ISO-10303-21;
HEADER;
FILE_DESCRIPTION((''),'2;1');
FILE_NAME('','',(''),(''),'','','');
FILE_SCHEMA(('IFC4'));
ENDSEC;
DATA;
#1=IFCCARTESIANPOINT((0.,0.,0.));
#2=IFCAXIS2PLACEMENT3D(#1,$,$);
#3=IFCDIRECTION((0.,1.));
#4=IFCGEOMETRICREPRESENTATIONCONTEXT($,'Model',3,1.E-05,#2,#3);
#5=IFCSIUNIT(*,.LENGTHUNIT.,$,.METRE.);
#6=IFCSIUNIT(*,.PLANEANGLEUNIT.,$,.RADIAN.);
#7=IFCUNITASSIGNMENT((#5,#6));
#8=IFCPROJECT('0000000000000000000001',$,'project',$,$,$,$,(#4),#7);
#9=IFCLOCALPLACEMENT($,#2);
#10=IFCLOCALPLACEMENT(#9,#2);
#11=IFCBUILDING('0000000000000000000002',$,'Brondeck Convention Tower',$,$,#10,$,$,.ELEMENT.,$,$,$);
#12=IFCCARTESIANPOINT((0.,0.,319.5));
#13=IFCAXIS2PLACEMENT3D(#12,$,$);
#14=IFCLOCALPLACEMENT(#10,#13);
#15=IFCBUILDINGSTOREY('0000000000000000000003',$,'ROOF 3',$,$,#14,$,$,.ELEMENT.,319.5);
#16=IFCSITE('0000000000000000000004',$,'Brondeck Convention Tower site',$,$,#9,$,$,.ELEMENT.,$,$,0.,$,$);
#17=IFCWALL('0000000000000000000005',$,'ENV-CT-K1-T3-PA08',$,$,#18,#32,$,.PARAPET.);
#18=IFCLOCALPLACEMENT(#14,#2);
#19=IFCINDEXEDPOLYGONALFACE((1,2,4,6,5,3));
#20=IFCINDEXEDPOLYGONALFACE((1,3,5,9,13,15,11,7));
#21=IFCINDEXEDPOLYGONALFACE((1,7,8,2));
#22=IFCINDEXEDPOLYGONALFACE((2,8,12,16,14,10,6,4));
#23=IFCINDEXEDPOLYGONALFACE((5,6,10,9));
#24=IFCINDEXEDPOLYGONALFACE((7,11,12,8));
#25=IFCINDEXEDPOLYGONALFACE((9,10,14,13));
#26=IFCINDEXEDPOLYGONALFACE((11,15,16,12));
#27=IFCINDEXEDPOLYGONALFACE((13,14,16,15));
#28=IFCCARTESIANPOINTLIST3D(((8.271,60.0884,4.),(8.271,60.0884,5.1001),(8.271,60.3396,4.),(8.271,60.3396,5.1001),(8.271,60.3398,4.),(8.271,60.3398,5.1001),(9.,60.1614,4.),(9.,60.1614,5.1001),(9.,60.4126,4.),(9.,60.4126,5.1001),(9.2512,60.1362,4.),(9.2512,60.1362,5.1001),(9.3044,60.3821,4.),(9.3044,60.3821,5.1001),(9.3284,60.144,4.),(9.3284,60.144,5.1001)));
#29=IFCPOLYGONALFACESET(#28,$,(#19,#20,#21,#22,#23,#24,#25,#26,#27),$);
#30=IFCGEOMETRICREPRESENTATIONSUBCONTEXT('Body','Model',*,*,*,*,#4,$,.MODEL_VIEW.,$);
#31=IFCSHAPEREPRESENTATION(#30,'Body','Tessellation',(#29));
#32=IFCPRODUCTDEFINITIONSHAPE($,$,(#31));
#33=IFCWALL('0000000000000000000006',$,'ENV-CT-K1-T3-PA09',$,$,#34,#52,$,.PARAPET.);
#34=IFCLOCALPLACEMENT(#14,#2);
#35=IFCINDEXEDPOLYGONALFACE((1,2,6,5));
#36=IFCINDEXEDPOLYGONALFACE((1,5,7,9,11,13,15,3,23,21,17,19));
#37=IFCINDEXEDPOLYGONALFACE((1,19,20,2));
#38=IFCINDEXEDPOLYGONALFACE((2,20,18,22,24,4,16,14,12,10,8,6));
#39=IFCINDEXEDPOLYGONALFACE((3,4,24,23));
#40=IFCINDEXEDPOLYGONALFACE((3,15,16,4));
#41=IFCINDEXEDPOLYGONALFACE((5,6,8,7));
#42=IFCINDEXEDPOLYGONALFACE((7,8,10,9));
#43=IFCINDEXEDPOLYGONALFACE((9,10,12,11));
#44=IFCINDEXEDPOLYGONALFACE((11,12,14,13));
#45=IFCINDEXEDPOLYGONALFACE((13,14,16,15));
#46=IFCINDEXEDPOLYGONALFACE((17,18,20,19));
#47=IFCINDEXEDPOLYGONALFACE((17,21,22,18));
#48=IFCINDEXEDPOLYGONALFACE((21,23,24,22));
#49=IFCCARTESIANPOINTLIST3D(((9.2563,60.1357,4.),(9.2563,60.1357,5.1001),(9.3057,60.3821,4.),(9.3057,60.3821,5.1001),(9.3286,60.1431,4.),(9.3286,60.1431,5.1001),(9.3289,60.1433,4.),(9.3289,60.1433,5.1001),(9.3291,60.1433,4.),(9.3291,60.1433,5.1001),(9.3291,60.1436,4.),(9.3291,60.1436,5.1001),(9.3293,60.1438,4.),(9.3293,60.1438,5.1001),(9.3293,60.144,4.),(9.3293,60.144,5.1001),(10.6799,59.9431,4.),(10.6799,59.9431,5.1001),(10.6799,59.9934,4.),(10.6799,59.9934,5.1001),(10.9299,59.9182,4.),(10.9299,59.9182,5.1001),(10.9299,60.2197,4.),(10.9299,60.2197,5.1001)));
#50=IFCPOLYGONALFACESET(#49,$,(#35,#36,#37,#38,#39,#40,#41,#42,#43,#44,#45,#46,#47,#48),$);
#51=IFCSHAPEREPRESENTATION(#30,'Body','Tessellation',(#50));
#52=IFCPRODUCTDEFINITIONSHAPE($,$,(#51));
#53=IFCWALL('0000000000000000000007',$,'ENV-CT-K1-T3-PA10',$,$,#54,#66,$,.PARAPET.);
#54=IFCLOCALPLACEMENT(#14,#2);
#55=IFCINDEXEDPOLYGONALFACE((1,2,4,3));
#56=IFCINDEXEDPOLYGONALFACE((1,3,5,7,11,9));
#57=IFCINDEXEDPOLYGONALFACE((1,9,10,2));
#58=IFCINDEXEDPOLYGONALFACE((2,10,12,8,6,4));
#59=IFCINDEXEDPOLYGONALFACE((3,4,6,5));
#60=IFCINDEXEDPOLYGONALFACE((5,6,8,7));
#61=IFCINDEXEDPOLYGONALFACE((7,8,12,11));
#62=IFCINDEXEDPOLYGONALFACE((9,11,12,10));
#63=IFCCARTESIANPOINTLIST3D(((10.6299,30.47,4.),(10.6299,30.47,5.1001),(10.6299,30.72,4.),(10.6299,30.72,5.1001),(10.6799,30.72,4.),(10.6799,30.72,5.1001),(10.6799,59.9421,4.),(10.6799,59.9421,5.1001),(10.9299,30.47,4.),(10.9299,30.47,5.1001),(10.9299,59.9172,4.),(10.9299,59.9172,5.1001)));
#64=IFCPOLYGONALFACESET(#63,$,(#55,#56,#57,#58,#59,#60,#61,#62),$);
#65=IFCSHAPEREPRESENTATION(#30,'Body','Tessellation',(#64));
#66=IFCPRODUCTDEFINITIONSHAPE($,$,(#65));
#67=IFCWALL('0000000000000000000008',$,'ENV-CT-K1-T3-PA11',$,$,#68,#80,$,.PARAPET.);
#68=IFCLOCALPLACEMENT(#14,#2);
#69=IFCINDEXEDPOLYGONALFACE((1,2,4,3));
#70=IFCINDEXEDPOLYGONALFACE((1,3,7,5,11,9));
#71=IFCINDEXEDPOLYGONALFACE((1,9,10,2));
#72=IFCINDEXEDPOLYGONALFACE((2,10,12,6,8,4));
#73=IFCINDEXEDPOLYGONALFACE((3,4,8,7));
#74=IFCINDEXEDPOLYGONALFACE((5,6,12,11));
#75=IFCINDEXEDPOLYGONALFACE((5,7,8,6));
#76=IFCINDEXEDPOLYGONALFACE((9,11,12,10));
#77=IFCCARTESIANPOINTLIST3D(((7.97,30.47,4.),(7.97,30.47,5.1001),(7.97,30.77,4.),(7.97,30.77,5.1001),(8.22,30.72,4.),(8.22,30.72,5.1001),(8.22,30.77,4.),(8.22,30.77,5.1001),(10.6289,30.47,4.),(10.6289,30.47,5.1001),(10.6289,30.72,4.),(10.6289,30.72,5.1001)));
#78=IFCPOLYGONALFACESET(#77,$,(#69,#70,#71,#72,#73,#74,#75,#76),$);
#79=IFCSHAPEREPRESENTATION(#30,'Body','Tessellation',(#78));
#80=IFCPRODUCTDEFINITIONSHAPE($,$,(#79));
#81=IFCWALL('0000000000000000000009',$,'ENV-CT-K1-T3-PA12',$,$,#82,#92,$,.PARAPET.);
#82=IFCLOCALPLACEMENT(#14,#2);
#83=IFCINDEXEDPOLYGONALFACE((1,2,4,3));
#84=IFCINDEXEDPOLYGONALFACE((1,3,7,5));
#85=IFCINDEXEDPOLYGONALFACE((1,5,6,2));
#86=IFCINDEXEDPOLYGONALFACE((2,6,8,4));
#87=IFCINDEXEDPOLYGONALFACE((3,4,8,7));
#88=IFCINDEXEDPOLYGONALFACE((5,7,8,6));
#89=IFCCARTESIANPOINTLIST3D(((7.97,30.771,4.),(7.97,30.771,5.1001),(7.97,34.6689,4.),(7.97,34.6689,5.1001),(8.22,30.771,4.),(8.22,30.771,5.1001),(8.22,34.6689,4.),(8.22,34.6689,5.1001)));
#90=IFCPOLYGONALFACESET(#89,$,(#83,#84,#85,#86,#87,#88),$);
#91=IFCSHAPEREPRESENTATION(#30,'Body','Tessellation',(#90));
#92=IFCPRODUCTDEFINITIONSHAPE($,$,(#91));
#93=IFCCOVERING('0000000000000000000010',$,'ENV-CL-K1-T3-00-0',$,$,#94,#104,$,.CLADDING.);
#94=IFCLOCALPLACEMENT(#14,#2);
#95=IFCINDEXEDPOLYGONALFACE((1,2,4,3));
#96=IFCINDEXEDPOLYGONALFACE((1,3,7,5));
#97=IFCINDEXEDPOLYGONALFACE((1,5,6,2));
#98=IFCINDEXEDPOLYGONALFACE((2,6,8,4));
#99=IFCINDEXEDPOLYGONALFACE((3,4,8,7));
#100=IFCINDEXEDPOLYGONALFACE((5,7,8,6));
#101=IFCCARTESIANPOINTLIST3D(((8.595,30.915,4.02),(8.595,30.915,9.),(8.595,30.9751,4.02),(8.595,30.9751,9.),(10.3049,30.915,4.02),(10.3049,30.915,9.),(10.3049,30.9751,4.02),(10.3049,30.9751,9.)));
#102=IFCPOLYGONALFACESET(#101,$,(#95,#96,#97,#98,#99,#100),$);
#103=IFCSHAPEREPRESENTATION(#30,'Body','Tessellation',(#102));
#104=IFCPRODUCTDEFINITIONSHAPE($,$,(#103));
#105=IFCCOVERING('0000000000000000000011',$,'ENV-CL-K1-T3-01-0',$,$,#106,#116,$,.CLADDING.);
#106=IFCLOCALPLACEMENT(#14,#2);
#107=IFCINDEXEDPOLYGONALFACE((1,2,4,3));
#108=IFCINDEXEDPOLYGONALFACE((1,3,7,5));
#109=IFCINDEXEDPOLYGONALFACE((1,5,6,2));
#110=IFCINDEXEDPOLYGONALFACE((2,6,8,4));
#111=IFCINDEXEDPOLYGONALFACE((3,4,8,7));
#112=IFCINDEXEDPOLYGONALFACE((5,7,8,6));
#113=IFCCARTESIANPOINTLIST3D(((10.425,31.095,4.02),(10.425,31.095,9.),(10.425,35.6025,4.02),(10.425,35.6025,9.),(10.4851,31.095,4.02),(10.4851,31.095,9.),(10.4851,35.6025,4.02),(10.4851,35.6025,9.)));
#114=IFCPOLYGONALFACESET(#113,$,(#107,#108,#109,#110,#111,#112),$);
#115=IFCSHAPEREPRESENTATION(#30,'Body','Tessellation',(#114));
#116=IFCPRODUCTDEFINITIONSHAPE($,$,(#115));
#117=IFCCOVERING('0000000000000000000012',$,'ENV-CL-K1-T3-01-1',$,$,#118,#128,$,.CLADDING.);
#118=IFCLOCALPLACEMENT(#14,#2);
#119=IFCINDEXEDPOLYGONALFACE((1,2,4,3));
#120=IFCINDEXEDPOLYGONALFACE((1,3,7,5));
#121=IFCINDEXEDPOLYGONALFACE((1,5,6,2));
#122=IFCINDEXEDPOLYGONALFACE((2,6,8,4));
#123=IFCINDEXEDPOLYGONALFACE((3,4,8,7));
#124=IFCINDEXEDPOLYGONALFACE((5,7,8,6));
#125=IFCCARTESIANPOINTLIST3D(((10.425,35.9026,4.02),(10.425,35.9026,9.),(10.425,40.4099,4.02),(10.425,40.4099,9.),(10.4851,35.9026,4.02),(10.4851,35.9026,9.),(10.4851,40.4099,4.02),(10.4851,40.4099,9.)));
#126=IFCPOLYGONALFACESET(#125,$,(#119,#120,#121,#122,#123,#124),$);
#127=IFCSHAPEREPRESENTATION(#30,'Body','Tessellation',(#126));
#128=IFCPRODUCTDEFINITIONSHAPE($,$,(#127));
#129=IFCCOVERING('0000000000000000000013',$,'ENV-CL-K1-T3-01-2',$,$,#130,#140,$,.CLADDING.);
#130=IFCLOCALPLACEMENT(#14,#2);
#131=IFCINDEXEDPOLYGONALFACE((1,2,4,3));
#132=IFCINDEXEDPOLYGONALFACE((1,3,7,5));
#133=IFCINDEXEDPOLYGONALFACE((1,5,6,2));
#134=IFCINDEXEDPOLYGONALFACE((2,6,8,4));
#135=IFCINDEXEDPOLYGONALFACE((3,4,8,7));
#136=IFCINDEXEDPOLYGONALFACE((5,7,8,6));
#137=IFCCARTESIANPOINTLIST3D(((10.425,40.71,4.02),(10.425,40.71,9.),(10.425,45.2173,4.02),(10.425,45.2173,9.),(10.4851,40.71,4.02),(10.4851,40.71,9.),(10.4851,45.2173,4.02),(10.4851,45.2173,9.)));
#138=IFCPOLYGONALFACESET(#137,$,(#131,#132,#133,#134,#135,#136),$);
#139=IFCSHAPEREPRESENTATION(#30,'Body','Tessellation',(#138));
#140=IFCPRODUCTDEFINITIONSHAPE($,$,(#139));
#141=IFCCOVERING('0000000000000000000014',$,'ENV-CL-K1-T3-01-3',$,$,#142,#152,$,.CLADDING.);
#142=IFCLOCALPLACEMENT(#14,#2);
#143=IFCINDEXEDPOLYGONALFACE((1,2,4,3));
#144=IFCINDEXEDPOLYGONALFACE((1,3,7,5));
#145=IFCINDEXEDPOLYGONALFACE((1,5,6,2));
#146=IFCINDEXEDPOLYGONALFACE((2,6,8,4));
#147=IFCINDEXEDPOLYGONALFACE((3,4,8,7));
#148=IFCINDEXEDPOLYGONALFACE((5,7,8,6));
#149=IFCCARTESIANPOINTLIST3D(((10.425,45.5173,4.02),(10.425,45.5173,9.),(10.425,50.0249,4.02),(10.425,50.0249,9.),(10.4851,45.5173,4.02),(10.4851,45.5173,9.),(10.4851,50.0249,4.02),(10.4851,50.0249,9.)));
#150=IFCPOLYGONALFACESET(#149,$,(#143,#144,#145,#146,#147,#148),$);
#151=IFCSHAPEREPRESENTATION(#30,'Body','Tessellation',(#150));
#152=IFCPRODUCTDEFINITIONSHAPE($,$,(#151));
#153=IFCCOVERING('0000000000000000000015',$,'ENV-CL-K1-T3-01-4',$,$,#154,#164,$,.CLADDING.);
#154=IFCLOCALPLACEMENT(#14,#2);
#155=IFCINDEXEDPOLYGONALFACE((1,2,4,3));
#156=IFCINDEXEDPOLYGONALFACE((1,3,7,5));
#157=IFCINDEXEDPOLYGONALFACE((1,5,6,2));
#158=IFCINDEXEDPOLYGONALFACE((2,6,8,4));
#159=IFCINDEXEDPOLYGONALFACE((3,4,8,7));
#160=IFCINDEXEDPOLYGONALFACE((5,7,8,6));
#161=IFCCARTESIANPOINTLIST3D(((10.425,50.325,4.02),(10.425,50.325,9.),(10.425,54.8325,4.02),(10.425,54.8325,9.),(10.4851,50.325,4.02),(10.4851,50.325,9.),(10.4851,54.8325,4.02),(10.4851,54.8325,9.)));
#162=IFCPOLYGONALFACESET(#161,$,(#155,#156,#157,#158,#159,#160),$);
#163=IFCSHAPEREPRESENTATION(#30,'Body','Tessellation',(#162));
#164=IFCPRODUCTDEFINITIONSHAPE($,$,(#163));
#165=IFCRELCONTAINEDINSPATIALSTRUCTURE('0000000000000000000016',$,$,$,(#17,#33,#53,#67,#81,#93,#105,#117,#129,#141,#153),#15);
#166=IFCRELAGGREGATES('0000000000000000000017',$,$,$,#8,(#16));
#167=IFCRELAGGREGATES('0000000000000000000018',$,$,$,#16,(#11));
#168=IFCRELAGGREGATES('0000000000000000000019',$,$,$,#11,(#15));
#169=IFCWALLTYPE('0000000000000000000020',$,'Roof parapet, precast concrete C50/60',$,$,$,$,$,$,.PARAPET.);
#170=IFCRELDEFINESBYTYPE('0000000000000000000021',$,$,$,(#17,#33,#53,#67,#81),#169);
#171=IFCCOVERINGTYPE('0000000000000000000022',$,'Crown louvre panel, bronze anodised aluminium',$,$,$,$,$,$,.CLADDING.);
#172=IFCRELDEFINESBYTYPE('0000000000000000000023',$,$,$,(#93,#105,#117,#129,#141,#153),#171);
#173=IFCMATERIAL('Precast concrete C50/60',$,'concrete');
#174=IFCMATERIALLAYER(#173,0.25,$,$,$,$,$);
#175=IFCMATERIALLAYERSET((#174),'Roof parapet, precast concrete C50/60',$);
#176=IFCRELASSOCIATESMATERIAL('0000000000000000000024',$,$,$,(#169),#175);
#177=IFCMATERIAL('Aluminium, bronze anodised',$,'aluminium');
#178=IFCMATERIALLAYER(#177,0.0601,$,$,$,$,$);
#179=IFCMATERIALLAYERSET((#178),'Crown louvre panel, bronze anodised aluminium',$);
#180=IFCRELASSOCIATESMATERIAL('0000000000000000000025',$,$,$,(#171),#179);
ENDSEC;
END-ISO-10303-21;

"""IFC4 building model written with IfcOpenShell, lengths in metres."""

from ifc_helpers import new_model, si_unit, direction, frame, origin, place, context, subcontext, project, spatial, polyline, outline, extrude, material, layer, layer_set, type_object, element, save


model = new_model("IFC4")

# Units and contexts
model_context = context("Model", 3, precision=1e-05, world=origin(), true_north=direction((0.0, 1.0)))
body_context = subcontext(model_context, "Body", "Model", "MODEL_VIEW")
ifc_project = project(units=[si_unit("LENGTHUNIT", "METRE"), si_unit("PLANEANGLEUNIT", "RADIAN")], contexts=[model_context])

# Site, building, storey
site_placement = place(None, origin())
site = spatial("IfcSite", under=ifc_project, at=site_placement, Name="Brondeck Convention Tower site", CompositionType="ELEMENT", RefElevation=0.0)
building_placement = place(site_placement, origin())
building = spatial("IfcBuilding", under=site, at=building_placement, Name="Brondeck Convention Tower", CompositionType="ELEMENT")
storey_placement = place(building_placement, frame((0.0, 0.0, 319.5)))
storey = spatial("IfcBuildingStorey", under=building, at=storey_placement, Name="ROOF 3", CompositionType="ELEMENT", Elevation=319.5)

# Shared definitions
ifc_material_1 = material(Name="Precast concrete C50/60", Category="concrete")

# Walls
ifc_layer_1 = layer(ifc_material_1, 0.25)
ifc_layer_set_1 = layer_set([ifc_layer_1], Name="Roof parapet, precast concrete C50/60")
wall_type = type_object("IfcWallType", Name="Roof parapet, precast concrete C50/60", PredefinedType="PARAPET", material=ifc_layer_set_1)
wall_1_placement = place(storey_placement, frame((0.0, 0.0, 4.0)))
element("IfcWall", 1, at=wall_1_placement, inside=storey, type_object=wall_type, Name="ENV-CT-K1-T3-PA08", PredefinedType="PARAPET", context=body_context, shape_type="SweptSolid", body=[
    extrude(outline(polyline([(9.2512, 60.1362), (9.3284, 60.144), (9.3044, 60.3821), (9.0, 60.4126), (8.271, 60.3398), (8.271, 60.3398), (8.271, 60.3396), (8.271, 60.0884), (9.0, 60.1614), (9.2512, 60.1362)])), origin(), (0.0, 0.0, 1.0), 1.1001),
])
wall_2_placement = place(storey_placement, frame((0.0, 0.0, 4.0)))
element("IfcWall", 2, at=wall_2_placement, inside=storey, type_object=wall_type, Name="ENV-CT-K1-T3-PA09", PredefinedType="PARAPET", context=body_context, shape_type="SweptSolid", body=[
    extrude(outline(polyline([(10.6799, 59.9934), (10.6799, 59.9431), (10.9299, 59.9182), (10.9299, 60.2197), (9.3057, 60.3821), (9.3293, 60.144), (9.3293, 60.144), (9.3293, 60.1438), (9.3293, 60.1438), (9.3293, 60.1438), (9.3293, 60.1438), (9.3291, 60.1436), (9.3291, 60.1436), (9.3291, 60.1433), (9.3291, 60.1433), (9.3291, 60.1433), (9.3289, 60.1433), (9.3289, 60.1433), (9.3286, 60.1431), (9.3286, 60.1431), (9.3286, 60.1431), (9.3286, 60.1431), (9.2563, 60.1357), (10.6799, 59.9934)])), origin(), (0.0, 0.0, 1.0), 1.1001),
])
wall_3_placement = place(storey_placement, frame((0.0, 0.0, 4.0)))
element("IfcWall", 3, at=wall_3_placement, inside=storey, type_object=wall_type, Name="ENV-CT-K1-T3-PA10", PredefinedType="PARAPET", context=body_context, shape_type="SweptSolid", body=[
    extrude(outline(polyline([(10.6799, 30.72), (10.6299, 30.72), (10.6299, 30.47), (10.9299, 30.47), (10.9299, 59.9172), (10.9299, 59.9172), (10.9299, 59.9172), (10.6799, 59.9421), (10.6799, 30.72)])), origin(), (0.0, 0.0, 1.0), 1.1001),
])
wall_4_placement = place(storey_placement, frame((0.0, 0.0, 4.0)))
element("IfcWall", 4, at=wall_4_placement, inside=storey, type_object=wall_type, Name="ENV-CT-K1-T3-PA11", PredefinedType="PARAPET", context=body_context, shape_type="SweptSolid", body=[
    extrude(outline(polyline([(8.22, 30.72), (8.22, 30.77), (7.97, 30.77), (7.97, 30.47), (10.6289, 30.47), (10.6289, 30.72), (8.22, 30.72)])), origin(), (0.0, 0.0, 1.0), 1.1001),
])
wall_5_placement = place(storey_placement, frame((0.0, 0.0, 4.0)))
element("IfcWall", 5, at=wall_5_placement, inside=storey, type_object=wall_type, Name="ENV-CT-K1-T3-PA12", PredefinedType="PARAPET", context=body_context, shape_type="SweptSolid", body=[
    extrude(outline(polyline([(8.22, 30.771), (8.22, 34.6689), (7.97, 34.6689), (7.97, 30.771), (8.22, 30.771)])), origin(), (0.0, 0.0, 1.0), 1.1001),
])

# Coverings
ifc_material_2 = material(Name="Aluminium, bronze anodised", Category="aluminium")
ifc_layer_2 = layer(ifc_material_2, 0.0601)
ifc_layer_set_2 = layer_set([ifc_layer_2], Name="Crown louvre panel, bronze anodised aluminium")
covering_type = type_object("IfcCoveringType", Name="Crown louvre panel, bronze anodised aluminium", PredefinedType="CLADDING", material=ifc_layer_set_2)
covering_1_placement = place(storey_placement, frame((0.0, 0.0, 4.02)))
element("IfcCovering", 6, at=covering_1_placement, inside=storey, type_object=covering_type, Name="ENV-CL-K1-T3-00-0", PredefinedType="CLADDING", context=body_context, shape_type="SweptSolid", body=[
    extrude(outline(polyline([(10.3049, 30.9751), (8.595, 30.9751), (8.595, 30.915), (10.3049, 30.915), (10.3049, 30.9751)])), origin(), (0.0, 0.0, 1.0), 4.98),
])
covering_2_placement = place(storey_placement, frame((0.0, 0.0, 4.02)))
element("IfcCovering", 7, at=covering_2_placement, inside=storey, type_object=covering_type, Name="ENV-CL-K1-T3-01-0", PredefinedType="CLADDING", context=body_context, shape_type="SweptSolid", body=[
    extrude(outline(polyline([(10.425, 35.6025), (10.425, 31.095), (10.4851, 31.095), (10.4851, 35.6025), (10.425, 35.6025)])), origin(), (0.0, 0.0, 1.0), 4.98),
])
covering_3_placement = place(storey_placement, frame((0.0, 0.0, 4.02)))
element("IfcCovering", 8, at=covering_3_placement, inside=storey, type_object=covering_type, Name="ENV-CL-K1-T3-01-1", PredefinedType="CLADDING", context=body_context, shape_type="SweptSolid", body=[
    extrude(outline(polyline([(10.425, 40.4099), (10.425, 35.9026), (10.4851, 35.9026), (10.4851, 40.4099), (10.425, 40.4099)])), origin(), (0.0, 0.0, 1.0), 4.98),
])
covering_4_placement = place(storey_placement, frame((0.0, 0.0, 4.02)))
element("IfcCovering", 9, at=covering_4_placement, inside=storey, type_object=covering_type, Name="ENV-CL-K1-T3-01-2", PredefinedType="CLADDING", context=body_context, shape_type="SweptSolid", body=[
    extrude(outline(polyline([(10.425, 45.2173), (10.425, 40.71), (10.4851, 40.71), (10.4851, 45.2173), (10.425, 45.2173)])), origin(), (0.0, 0.0, 1.0), 4.98),
])
covering_5_placement = place(storey_placement, frame((0.0, 0.0, 4.02)))
element("IfcCovering", 10, at=covering_5_placement, inside=storey, type_object=covering_type, Name="ENV-CL-K1-T3-01-3", PredefinedType="CLADDING", context=body_context, shape_type="SweptSolid", body=[
    extrude(outline(polyline([(10.425, 50.0249), (10.425, 45.5173), (10.4851, 45.5173), (10.4851, 50.0249), (10.425, 50.0249)])), origin(), (0.0, 0.0, 1.0), 4.98),
])
covering_6_placement = place(storey_placement, frame((0.0, 0.0, 4.02)))
element("IfcCovering", 11, at=covering_6_placement, inside=storey, type_object=covering_type, Name="ENV-CL-K1-T3-01-4", PredefinedType="CLADDING", context=body_context, shape_type="SweptSolid", body=[
    extrude(outline(polyline([(10.425, 54.8325), (10.425, 50.325), (10.4851, 50.325), (10.4851, 54.8325), (10.425, 54.8325)])), origin(), (0.0, 0.0, 1.0), 4.98),
])

save(model, "model.ifc")
